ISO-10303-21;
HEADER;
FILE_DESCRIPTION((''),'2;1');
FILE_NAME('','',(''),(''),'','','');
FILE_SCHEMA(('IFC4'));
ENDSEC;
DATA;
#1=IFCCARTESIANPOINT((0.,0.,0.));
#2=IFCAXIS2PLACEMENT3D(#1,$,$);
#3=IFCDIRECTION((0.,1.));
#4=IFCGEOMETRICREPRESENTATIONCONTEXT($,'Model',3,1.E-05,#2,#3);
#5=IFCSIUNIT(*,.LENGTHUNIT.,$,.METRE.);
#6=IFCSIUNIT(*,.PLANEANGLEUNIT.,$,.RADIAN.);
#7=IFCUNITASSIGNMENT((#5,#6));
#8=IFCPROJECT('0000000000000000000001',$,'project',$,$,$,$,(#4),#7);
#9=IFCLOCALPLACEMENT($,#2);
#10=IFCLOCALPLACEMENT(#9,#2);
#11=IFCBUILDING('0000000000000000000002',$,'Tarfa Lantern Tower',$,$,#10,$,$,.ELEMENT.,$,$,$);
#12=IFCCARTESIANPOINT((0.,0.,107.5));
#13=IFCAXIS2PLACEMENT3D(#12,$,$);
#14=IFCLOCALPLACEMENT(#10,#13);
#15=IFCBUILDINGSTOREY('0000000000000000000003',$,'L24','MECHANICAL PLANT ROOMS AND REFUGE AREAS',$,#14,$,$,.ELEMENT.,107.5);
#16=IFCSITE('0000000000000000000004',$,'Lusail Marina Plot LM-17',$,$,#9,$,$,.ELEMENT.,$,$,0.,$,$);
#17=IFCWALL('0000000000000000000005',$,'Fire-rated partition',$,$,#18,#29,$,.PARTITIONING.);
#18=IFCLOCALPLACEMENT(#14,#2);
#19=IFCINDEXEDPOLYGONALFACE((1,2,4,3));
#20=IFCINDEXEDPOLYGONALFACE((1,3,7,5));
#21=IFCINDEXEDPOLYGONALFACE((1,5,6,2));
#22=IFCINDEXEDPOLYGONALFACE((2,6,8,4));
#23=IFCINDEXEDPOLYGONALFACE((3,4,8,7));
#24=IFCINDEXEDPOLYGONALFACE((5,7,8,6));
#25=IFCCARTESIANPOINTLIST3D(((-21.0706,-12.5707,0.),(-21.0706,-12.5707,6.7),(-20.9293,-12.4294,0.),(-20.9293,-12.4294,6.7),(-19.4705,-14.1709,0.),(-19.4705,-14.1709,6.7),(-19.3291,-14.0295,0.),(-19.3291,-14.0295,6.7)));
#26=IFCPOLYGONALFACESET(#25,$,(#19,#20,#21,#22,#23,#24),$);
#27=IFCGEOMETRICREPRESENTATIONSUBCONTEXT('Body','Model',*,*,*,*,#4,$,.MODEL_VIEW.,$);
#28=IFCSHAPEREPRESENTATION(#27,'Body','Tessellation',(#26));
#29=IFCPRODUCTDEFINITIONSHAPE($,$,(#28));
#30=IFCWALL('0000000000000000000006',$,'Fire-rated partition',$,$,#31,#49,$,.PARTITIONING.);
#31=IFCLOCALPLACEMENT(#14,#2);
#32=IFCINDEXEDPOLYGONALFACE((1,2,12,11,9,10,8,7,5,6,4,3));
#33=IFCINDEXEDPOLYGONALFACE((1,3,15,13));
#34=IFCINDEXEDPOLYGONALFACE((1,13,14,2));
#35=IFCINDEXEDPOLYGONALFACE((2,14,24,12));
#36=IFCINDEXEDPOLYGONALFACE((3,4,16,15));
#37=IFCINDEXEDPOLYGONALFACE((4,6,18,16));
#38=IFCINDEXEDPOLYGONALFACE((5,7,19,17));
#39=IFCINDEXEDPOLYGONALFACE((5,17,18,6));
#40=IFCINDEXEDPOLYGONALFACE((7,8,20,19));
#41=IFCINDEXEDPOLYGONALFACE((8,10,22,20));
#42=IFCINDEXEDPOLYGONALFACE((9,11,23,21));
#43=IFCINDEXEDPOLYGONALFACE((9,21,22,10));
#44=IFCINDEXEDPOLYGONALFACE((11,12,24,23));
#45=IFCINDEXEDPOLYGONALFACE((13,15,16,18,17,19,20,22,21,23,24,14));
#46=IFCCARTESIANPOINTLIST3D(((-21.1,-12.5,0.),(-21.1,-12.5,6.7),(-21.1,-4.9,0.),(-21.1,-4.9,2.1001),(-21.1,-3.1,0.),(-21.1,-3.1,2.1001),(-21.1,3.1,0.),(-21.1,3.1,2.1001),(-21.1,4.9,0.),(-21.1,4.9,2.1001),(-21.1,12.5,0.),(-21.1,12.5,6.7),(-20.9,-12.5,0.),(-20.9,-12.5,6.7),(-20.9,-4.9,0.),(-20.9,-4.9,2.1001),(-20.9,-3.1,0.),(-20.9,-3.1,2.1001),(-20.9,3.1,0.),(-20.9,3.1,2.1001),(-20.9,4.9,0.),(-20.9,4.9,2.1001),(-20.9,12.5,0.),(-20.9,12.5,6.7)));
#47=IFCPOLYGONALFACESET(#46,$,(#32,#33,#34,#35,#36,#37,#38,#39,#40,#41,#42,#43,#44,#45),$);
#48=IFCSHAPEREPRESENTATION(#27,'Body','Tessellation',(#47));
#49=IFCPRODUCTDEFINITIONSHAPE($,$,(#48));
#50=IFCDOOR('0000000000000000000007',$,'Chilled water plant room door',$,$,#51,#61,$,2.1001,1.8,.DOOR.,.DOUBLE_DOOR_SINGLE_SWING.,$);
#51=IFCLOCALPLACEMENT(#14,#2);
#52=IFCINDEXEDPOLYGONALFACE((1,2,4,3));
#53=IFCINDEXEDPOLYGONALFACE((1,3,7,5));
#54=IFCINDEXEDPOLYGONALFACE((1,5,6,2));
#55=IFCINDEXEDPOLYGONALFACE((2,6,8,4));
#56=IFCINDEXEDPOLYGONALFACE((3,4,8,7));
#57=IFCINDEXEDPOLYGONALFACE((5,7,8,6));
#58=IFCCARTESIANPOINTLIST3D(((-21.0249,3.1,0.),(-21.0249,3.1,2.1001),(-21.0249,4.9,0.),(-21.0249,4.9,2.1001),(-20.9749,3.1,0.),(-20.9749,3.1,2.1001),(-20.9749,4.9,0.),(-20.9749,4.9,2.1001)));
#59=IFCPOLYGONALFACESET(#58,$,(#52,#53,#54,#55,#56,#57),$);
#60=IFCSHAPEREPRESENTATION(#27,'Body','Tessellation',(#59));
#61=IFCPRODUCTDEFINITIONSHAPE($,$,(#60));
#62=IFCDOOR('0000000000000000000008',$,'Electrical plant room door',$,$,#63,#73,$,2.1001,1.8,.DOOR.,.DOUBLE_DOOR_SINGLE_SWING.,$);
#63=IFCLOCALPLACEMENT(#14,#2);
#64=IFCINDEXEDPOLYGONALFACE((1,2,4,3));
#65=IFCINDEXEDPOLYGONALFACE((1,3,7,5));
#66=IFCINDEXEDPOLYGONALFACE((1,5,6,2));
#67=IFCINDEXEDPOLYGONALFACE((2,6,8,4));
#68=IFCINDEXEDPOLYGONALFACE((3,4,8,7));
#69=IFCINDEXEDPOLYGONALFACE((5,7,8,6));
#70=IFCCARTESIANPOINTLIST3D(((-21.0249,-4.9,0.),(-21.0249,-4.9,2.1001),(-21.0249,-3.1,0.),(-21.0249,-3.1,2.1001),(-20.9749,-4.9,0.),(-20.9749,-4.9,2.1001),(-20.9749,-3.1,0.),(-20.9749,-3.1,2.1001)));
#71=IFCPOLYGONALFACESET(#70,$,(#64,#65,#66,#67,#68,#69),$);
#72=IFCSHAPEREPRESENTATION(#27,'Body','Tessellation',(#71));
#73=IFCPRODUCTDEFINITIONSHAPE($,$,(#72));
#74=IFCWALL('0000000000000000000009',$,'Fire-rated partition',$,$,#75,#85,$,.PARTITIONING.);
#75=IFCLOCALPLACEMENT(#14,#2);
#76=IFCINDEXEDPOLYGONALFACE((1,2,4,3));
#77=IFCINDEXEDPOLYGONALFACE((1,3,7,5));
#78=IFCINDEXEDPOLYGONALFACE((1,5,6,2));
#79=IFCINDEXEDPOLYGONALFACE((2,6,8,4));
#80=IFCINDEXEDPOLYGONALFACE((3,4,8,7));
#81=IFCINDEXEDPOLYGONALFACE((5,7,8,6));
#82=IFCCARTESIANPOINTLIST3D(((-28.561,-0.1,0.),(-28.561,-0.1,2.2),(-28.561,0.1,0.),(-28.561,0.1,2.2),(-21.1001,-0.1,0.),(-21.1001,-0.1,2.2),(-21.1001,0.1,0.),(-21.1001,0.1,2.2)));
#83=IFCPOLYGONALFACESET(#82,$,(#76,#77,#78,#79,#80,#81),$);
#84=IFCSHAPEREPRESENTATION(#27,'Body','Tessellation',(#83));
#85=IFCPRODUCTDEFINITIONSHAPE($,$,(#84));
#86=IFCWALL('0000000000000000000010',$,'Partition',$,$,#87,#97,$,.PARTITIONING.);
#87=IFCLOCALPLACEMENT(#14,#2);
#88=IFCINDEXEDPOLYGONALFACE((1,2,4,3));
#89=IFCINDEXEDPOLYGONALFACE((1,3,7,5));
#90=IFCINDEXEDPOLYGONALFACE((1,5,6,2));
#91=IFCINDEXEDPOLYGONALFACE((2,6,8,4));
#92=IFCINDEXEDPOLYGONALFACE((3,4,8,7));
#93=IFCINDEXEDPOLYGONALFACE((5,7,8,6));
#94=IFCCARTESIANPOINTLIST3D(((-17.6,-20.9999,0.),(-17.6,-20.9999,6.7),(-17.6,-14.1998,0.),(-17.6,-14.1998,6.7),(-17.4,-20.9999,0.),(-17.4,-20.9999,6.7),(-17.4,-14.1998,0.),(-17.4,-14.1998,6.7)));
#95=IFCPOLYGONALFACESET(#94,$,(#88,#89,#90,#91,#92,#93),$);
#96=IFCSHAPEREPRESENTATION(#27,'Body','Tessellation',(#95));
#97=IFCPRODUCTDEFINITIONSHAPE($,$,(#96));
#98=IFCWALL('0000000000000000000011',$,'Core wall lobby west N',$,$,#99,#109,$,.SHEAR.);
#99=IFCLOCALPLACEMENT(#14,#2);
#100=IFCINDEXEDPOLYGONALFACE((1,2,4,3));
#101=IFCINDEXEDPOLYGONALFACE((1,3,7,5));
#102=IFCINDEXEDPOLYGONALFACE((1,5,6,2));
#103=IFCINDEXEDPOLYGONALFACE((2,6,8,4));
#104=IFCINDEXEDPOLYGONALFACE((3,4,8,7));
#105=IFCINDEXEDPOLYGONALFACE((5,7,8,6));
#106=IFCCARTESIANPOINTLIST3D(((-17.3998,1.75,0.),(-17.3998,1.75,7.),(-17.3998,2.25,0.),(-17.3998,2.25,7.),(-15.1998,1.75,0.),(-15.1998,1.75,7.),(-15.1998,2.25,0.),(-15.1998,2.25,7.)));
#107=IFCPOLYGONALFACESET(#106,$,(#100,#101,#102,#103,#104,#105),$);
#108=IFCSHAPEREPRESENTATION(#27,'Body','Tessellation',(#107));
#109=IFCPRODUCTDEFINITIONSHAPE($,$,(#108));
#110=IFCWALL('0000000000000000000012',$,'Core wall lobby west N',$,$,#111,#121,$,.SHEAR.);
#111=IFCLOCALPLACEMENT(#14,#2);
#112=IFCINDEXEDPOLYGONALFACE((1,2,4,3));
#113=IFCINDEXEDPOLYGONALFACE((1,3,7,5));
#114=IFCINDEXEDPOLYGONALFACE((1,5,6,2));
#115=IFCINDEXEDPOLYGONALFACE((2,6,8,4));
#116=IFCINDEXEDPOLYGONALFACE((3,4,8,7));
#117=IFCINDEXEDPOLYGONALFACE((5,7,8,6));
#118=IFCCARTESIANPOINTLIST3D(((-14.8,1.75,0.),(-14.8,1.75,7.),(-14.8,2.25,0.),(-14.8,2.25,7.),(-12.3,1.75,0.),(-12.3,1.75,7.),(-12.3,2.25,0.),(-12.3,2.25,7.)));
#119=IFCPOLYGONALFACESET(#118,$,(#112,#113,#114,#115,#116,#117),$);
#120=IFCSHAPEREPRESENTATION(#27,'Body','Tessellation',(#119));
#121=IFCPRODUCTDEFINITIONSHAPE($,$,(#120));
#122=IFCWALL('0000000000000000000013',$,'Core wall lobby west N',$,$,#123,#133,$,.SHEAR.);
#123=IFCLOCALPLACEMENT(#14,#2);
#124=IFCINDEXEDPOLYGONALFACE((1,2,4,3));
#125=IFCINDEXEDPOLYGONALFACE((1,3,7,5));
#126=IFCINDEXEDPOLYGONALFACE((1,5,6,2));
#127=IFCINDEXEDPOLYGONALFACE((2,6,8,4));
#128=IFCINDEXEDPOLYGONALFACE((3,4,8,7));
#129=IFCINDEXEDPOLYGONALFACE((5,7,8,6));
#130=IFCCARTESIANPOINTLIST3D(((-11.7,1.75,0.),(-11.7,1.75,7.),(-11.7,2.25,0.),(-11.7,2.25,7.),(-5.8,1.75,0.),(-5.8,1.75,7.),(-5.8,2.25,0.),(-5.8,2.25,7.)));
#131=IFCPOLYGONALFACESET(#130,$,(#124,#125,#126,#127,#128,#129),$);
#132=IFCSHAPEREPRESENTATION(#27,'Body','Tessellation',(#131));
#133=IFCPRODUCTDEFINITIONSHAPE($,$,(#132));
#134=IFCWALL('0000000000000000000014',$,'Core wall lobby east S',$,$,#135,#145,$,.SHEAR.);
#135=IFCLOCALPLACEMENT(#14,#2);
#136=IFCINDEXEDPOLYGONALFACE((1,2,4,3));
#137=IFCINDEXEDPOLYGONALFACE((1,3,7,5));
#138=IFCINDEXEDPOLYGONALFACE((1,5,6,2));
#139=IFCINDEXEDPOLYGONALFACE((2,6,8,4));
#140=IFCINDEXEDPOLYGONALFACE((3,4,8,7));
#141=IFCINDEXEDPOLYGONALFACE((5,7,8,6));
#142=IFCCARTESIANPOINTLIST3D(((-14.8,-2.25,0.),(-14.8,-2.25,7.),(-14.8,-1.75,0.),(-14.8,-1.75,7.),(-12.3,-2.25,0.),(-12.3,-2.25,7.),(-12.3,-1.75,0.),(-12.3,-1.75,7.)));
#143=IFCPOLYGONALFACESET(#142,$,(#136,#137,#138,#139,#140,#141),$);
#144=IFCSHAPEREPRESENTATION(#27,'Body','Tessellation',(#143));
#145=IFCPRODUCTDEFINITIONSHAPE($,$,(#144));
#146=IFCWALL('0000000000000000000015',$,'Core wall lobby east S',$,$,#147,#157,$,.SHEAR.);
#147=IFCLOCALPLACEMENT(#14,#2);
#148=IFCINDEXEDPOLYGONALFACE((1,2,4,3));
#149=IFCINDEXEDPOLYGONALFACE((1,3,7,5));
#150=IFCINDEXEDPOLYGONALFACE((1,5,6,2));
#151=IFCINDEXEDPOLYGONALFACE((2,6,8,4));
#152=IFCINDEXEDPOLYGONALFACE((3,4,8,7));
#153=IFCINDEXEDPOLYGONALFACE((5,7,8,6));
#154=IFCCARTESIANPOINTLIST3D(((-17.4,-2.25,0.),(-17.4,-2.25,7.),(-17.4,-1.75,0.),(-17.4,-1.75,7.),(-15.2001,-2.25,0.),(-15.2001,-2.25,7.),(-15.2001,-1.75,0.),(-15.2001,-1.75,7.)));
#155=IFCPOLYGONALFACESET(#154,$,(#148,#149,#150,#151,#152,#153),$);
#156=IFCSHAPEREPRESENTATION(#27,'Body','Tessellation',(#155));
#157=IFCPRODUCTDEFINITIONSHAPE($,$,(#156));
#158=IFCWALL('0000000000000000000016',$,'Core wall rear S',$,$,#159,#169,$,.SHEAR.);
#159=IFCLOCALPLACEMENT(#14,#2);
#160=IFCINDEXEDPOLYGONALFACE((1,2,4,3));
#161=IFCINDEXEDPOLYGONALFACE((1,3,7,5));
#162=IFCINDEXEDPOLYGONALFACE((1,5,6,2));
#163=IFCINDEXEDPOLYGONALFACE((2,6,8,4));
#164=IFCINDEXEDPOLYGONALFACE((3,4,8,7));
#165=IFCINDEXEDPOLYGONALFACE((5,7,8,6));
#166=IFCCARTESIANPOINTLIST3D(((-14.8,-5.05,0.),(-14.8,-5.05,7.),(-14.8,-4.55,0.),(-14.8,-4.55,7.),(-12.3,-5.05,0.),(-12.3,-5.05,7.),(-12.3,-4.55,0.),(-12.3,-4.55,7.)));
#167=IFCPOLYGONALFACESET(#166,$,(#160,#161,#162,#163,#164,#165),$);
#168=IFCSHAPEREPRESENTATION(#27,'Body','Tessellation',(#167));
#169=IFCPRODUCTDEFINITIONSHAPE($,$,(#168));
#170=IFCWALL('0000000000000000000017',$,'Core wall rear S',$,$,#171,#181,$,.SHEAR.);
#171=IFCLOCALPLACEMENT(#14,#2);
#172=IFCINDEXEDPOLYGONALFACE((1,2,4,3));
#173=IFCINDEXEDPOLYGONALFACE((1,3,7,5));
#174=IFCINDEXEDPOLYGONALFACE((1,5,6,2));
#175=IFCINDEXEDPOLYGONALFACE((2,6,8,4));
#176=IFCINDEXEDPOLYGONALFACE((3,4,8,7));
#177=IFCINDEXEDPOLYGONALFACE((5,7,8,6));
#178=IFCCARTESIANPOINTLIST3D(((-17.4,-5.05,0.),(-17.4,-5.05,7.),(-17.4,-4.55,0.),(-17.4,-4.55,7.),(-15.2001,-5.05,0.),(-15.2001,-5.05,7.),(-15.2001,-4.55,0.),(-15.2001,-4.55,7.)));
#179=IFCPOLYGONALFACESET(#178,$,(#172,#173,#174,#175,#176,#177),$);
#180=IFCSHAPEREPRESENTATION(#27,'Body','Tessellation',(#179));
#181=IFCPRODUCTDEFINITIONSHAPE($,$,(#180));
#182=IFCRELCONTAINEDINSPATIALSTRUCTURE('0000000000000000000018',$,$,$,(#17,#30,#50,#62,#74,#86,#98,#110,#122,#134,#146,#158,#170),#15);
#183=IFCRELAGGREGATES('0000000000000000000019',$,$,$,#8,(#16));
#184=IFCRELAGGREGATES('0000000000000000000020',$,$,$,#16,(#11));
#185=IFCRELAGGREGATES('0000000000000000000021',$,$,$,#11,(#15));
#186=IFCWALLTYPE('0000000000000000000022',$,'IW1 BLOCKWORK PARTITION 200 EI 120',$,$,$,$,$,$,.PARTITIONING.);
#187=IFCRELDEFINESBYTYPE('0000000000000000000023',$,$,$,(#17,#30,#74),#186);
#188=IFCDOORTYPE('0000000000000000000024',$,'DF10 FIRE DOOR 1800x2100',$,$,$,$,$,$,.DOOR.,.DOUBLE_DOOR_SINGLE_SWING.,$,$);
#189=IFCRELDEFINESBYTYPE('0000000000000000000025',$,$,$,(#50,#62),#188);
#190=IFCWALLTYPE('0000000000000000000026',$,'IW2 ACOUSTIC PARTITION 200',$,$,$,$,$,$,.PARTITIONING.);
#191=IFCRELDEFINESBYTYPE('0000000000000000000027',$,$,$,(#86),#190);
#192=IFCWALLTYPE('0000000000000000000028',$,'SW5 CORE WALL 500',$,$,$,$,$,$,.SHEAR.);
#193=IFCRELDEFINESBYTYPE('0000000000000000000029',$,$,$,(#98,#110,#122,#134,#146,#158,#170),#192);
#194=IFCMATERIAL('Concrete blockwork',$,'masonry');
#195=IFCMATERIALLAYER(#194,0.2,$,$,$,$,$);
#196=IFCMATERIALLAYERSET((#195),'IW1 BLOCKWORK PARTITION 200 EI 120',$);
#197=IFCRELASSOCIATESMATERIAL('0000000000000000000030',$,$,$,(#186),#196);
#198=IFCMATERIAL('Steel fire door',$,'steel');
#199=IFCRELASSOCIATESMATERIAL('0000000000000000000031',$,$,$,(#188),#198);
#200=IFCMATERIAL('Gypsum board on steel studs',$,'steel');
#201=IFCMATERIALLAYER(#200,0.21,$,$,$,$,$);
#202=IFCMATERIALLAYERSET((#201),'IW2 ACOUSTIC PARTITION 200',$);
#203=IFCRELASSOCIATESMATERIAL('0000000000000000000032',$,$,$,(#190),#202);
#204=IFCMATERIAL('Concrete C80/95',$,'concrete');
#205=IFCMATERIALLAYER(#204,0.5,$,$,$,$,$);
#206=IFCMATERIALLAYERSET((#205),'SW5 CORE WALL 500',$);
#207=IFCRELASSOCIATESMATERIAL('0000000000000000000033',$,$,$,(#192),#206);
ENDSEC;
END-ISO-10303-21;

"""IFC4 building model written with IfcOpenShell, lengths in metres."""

from ifc_helpers import new_model, si_unit, direction, frame, frame_2d, origin, place, context, subcontext, project, spatial, rectangle, extrude, material, layer, layer_set, type_object, element, fill, save


model = new_model("IFC4")

# Units and contexts
model_context = context("Model", 3, precision=1e-05, world=origin(), true_north=direction((0.0, 1.0)))
body_context = subcontext(model_context, "Body", "Model", "MODEL_VIEW")
ifc_project = project(units=[si_unit("LENGTHUNIT", "METRE"), si_unit("PLANEANGLEUNIT", "RADIAN")], contexts=[model_context])

# Site, building, storey
site_placement = place(None, origin())
site = spatial("IfcSite", under=ifc_project, at=site_placement, Name="Lusail Marina Plot LM-17", CompositionType="ELEMENT", RefElevation=0.0)
building_placement = place(site_placement, origin())
building = spatial("IfcBuilding", under=site, at=building_placement, Name="Tarfa Lantern Tower", CompositionType="ELEMENT")
storey_placement = place(building_placement, frame((0.0, 0.0, 107.5)))
storey = spatial("IfcBuildingStorey", under=building, at=storey_placement, Name="L24", Description="MECHANICAL PLANT ROOMS AND REFUGE AREAS", CompositionType="ELEMENT", Elevation=107.5)

# Shared definitions
ifc_material_1 = material(Name="Concrete C80/95", Category="concrete")

# Wall
ifc_material_2 = material(Name="Concrete blockwork", Category="masonry")
ifc_layer_1 = layer(ifc_material_2, 0.2)
ifc_layer_set_1 = layer_set([ifc_layer_1], Name="IW1 BLOCKWORK PARTITION 200 EI 120")
wall_type_1 = type_object("IfcWallType", Name="IW1 BLOCKWORK PARTITION 200 EI 120", PredefinedType="PARTITIONING", material=ifc_layer_set_1)
wall_1_placement = place(storey_placement, frame((-19.3999, -14.1001, 0.0), z_axis=(0.0, 0.0, 1.0), x_axis=(-0.707107, 0.707107, 0.0)))
element("IfcWall", 1, at=wall_1_placement, inside=storey, type_object=wall_type_1, Name="Fire-rated partition", PredefinedType="PARTITIONING", context=body_context, shape_type="SweptSolid", body=[
    extrude(rectangle(XDim=2.2629, YDim=0.2, at=frame_2d((1.1313, 0.0))), origin(), (0.0, 0.0, 1.0), 6.7),
])

# Wall, openings, doors
wall_2_placement = place(storey_placement, frame((-21.0, -12.5, 0.0), z_axis=(0.0, 0.0, 1.0), x_axis=(0.0, 1.0, 0.0)))
wall_2 = element("IfcWall", 2, at=wall_2_placement, inside=storey, type_object=wall_type_1, Name="Fire-rated partition", PredefinedType="PARTITIONING", context=body_context, shape_type="SweptSolid", body=[
    extrude(rectangle(XDim=25.0, YDim=0.2, at=frame_2d((12.5, 0.0))), origin(), (0.0, 0.0, 1.0), 6.7),
])
opening_1_placement = place(wall_2_placement, frame((15.6001, 0.0, 0.0)))
opening_1 = element("IfcOpeningElement", 3, at=opening_1_placement, cuts=wall_2, PredefinedType="OPENING", context=body_context, shape_type="SweptSolid", body=[
    extrude(rectangle(XDim=1.8, YDim=2.1001, at=frame_2d((0.8999, 1.05))), frame((0.0, 0.1099, 0.0), z_axis=(0.0, -1.0, 0.0), x_axis=(1.0, 0.0, 0.0)), (0.0, 0.0, 1.0), 0.22),
])
opening_2_placement = place(wall_2_placement, frame((7.6001, 0.0, 0.0)))
opening_2 = element("IfcOpeningElement", 4, at=opening_2_placement, cuts=wall_2, PredefinedType="OPENING", context=body_context, shape_type="SweptSolid", body=[
    extrude(rectangle(XDim=1.8, YDim=2.1001, at=frame_2d((0.8999, 1.05))), frame((0.0, 0.1099, 0.0), z_axis=(0.0, -1.0, 0.0), x_axis=(1.0, 0.0, 0.0)), (0.0, 0.0, 1.0), 0.22),
])
ifc_material_3 = material(Name="Steel fire door", Category="steel")
door_type_1 = type_object("IfcDoorType", Name="DF10 FIRE DOOR 1800x2100", OperationType="DOUBLE_DOOR_SINGLE_SWING", PredefinedType="DOOR", material=ifc_material_3)
door_1_placement = place(opening_1_placement, origin())
door_1 = element("IfcDoor", 5, at=door_1_placement, inside=storey, type_object=door_type_1, Name="Chilled water plant room door", OperationType="DOUBLE_DOOR_SINGLE_SWING", OverallHeight=2.1001, OverallWidth=1.8, PredefinedType="DOOR", context=body_context, shape_type="SweptSolid", body=[
    extrude(rectangle(XDim=1.8, YDim=2.1001, at=frame_2d((0.8999, 1.05))), frame((0.0, 0.0249, 0.0), z_axis=(0.0, -1.0, 0.0), x_axis=(1.0, 0.0, 0.0)), (0.0, 0.0, 1.0), 0.05),
])
fill(opening_1, door_1)
door_2_placement = place(opening_2_placement, origin())
door_2 = element("IfcDoor", 6, at=door_2_placement, inside=storey, type_object=door_type_1, Name="Electrical plant room door", OperationType="DOUBLE_DOOR_SINGLE_SWING", OverallHeight=2.1001, OverallWidth=1.8, PredefinedType="DOOR", context=body_context, shape_type="SweptSolid", body=[
    extrude(rectangle(XDim=1.8, YDim=2.1001, at=frame_2d((0.8999, 1.05))), frame((0.0, 0.0249, 0.0), z_axis=(0.0, -1.0, 0.0), x_axis=(1.0, 0.0, 0.0)), (0.0, 0.0, 1.0), 0.05),
])
fill(opening_2, door_2)

# Walls
wall_3_placement = place(storey_placement, frame((-21.1001, 0.0, 0.0), z_axis=(0.0, 0.0, 1.0), x_axis=(-1.0, 0.0, 0.0)))
element("IfcWall", 7, at=wall_3_placement, inside=storey, type_object=wall_type_1, Name="Fire-rated partition", PredefinedType="PARTITIONING", context=body_context, shape_type="SweptSolid", body=[
    extrude(rectangle(XDim=7.4609, YDim=0.2, at=frame_2d((3.7305, 0.0))), origin(), (0.0, 0.0, 1.0), 2.2),
])
ifc_material_4 = material(Name="Gypsum board on steel studs", Category="steel")
ifc_layer_2 = layer(ifc_material_4, 0.21)
ifc_layer_set_2 = layer_set([ifc_layer_2], Name="IW2 ACOUSTIC PARTITION 200")
wall_type_2 = type_object("IfcWallType", Name="IW2 ACOUSTIC PARTITION 200", PredefinedType="PARTITIONING", material=ifc_layer_set_2)
wall_4_placement = place(storey_placement, frame((-17.5, -14.2, 0.0), z_axis=(0.0, 0.0, 1.0), x_axis=(0.0, -1.0, 0.0)))
element("IfcWall", 8, at=wall_4_placement, inside=storey, type_object=wall_type_2, Name="Partition", PredefinedType="PARTITIONING", context=body_context, shape_type="SweptSolid", body=[
    extrude(rectangle(XDim=6.8, YDim=0.2, at=frame_2d((3.3999, 0.0))), origin(), (0.0, 0.0, 1.0), 6.7),
])
ifc_layer_3 = layer(ifc_material_1, 0.5)
ifc_layer_set_3 = layer_set([ifc_layer_3], Name="SW5 CORE WALL 500")
wall_type_3 = type_object("IfcWallType", Name="SW5 CORE WALL 500", PredefinedType="SHEAR", material=ifc_layer_set_3)
wall_5_placement = place(storey_placement, frame((-17.3999, 2.0, 0.0), z_axis=(0.0, 0.0, 1.0), x_axis=(1.0, 0.0, 0.0)))
element("IfcWall", 9, at=wall_5_placement, inside=storey, type_object=wall_type_3, Name="Core wall lobby west N", PredefinedType="SHEAR", context=body_context, shape_type="SweptSolid", body=[
    extrude(rectangle(XDim=2.2, YDim=0.5, at=frame_2d((1.1001, 0.0))), origin(), (0.0, 0.0, 1.0), 7.0),
])
wall_6_placement = place(storey_placement, frame((-14.8, 2.0, 0.0), z_axis=(0.0, 0.0, 1.0), x_axis=(1.0, 0.0, 0.0)))
element("IfcWall", 10, at=wall_6_placement, inside=storey, type_object=wall_type_3, Name="Core wall lobby west N", PredefinedType="SHEAR", context=body_context, shape_type="SweptSolid", body=[
    extrude(rectangle(XDim=2.5, YDim=0.5, at=frame_2d((1.25, 0.0))), origin(), (0.0, 0.0, 1.0), 7.0),
])
wall_7_placement = place(storey_placement, frame((-11.7, 2.0, 0.0), z_axis=(0.0, 0.0, 1.0), x_axis=(1.0, 0.0, 0.0)))
element("IfcWall", 11, at=wall_7_placement, inside=storey, type_object=wall_type_3, Name="Core wall lobby west N", PredefinedType="SHEAR", context=body_context, shape_type="SweptSolid", body=[
    extrude(rectangle(XDim=5.8999, YDim=0.5, at=frame_2d((2.95, 0.0))), origin(), (0.0, 0.0, 1.0), 7.0),
])
wall_8_placement = place(storey_placement, frame((-12.3, -2.0, 0.0), z_axis=(0.0, 0.0, 1.0), x_axis=(-1.0, 0.0, 0.0)))
element("IfcWall", 12, at=wall_8_placement, inside=storey, type_object=wall_type_3, Name="Core wall lobby east S", PredefinedType="SHEAR", context=body_context, shape_type="SweptSolid", body=[
    extrude(rectangle(XDim=2.5, YDim=0.5, at=frame_2d((1.25, 0.0))), origin(), (0.0, 0.0, 1.0), 7.0),
])
wall_9_placement = place(storey_placement, frame((-15.2, -2.0, 0.0), z_axis=(0.0, 0.0, 1.0), x_axis=(-1.0, 0.0, 0.0)))
element("IfcWall", 13, at=wall_9_placement, inside=storey, type_object=wall_type_3, Name="Core wall lobby east S", PredefinedType="SHEAR", context=body_context, shape_type="SweptSolid", body=[
    extrude(rectangle(XDim=2.2, YDim=0.5, at=frame_2d((1.1001, 0.0))), origin(), (0.0, 0.0, 1.0), 7.0),
])
wall_10_placement = place(storey_placement, frame((-12.3, -4.8, 0.0), z_axis=(0.0, 0.0, 1.0), x_axis=(-1.0, 0.0, 0.0)))
element("IfcWall", 14, at=wall_10_placement, inside=storey, type_object=wall_type_3, Name="Core wall rear S", PredefinedType="SHEAR", context=body_context, shape_type="SweptSolid", body=[
    extrude(rectangle(XDim=2.5, YDim=0.5, at=frame_2d((1.25, 0.0))), origin(), (0.0, 0.0, 1.0), 7.0),
])
wall_11_placement = place(storey_placement, frame((-15.2, -4.8, 0.0), z_axis=(0.0, 0.0, 1.0), x_axis=(-1.0, 0.0, 0.0)))
element("IfcWall", 15, at=wall_11_placement, inside=storey, type_object=wall_type_3, Name="Core wall rear S", PredefinedType="SHEAR", context=body_context, shape_type="SweptSolid", body=[
    extrude(rectangle(XDim=2.2, YDim=0.5, at=frame_2d((1.1001, 0.0))), origin(), (0.0, 0.0, 1.0), 7.0),
])

save(model, "model.ifc")
